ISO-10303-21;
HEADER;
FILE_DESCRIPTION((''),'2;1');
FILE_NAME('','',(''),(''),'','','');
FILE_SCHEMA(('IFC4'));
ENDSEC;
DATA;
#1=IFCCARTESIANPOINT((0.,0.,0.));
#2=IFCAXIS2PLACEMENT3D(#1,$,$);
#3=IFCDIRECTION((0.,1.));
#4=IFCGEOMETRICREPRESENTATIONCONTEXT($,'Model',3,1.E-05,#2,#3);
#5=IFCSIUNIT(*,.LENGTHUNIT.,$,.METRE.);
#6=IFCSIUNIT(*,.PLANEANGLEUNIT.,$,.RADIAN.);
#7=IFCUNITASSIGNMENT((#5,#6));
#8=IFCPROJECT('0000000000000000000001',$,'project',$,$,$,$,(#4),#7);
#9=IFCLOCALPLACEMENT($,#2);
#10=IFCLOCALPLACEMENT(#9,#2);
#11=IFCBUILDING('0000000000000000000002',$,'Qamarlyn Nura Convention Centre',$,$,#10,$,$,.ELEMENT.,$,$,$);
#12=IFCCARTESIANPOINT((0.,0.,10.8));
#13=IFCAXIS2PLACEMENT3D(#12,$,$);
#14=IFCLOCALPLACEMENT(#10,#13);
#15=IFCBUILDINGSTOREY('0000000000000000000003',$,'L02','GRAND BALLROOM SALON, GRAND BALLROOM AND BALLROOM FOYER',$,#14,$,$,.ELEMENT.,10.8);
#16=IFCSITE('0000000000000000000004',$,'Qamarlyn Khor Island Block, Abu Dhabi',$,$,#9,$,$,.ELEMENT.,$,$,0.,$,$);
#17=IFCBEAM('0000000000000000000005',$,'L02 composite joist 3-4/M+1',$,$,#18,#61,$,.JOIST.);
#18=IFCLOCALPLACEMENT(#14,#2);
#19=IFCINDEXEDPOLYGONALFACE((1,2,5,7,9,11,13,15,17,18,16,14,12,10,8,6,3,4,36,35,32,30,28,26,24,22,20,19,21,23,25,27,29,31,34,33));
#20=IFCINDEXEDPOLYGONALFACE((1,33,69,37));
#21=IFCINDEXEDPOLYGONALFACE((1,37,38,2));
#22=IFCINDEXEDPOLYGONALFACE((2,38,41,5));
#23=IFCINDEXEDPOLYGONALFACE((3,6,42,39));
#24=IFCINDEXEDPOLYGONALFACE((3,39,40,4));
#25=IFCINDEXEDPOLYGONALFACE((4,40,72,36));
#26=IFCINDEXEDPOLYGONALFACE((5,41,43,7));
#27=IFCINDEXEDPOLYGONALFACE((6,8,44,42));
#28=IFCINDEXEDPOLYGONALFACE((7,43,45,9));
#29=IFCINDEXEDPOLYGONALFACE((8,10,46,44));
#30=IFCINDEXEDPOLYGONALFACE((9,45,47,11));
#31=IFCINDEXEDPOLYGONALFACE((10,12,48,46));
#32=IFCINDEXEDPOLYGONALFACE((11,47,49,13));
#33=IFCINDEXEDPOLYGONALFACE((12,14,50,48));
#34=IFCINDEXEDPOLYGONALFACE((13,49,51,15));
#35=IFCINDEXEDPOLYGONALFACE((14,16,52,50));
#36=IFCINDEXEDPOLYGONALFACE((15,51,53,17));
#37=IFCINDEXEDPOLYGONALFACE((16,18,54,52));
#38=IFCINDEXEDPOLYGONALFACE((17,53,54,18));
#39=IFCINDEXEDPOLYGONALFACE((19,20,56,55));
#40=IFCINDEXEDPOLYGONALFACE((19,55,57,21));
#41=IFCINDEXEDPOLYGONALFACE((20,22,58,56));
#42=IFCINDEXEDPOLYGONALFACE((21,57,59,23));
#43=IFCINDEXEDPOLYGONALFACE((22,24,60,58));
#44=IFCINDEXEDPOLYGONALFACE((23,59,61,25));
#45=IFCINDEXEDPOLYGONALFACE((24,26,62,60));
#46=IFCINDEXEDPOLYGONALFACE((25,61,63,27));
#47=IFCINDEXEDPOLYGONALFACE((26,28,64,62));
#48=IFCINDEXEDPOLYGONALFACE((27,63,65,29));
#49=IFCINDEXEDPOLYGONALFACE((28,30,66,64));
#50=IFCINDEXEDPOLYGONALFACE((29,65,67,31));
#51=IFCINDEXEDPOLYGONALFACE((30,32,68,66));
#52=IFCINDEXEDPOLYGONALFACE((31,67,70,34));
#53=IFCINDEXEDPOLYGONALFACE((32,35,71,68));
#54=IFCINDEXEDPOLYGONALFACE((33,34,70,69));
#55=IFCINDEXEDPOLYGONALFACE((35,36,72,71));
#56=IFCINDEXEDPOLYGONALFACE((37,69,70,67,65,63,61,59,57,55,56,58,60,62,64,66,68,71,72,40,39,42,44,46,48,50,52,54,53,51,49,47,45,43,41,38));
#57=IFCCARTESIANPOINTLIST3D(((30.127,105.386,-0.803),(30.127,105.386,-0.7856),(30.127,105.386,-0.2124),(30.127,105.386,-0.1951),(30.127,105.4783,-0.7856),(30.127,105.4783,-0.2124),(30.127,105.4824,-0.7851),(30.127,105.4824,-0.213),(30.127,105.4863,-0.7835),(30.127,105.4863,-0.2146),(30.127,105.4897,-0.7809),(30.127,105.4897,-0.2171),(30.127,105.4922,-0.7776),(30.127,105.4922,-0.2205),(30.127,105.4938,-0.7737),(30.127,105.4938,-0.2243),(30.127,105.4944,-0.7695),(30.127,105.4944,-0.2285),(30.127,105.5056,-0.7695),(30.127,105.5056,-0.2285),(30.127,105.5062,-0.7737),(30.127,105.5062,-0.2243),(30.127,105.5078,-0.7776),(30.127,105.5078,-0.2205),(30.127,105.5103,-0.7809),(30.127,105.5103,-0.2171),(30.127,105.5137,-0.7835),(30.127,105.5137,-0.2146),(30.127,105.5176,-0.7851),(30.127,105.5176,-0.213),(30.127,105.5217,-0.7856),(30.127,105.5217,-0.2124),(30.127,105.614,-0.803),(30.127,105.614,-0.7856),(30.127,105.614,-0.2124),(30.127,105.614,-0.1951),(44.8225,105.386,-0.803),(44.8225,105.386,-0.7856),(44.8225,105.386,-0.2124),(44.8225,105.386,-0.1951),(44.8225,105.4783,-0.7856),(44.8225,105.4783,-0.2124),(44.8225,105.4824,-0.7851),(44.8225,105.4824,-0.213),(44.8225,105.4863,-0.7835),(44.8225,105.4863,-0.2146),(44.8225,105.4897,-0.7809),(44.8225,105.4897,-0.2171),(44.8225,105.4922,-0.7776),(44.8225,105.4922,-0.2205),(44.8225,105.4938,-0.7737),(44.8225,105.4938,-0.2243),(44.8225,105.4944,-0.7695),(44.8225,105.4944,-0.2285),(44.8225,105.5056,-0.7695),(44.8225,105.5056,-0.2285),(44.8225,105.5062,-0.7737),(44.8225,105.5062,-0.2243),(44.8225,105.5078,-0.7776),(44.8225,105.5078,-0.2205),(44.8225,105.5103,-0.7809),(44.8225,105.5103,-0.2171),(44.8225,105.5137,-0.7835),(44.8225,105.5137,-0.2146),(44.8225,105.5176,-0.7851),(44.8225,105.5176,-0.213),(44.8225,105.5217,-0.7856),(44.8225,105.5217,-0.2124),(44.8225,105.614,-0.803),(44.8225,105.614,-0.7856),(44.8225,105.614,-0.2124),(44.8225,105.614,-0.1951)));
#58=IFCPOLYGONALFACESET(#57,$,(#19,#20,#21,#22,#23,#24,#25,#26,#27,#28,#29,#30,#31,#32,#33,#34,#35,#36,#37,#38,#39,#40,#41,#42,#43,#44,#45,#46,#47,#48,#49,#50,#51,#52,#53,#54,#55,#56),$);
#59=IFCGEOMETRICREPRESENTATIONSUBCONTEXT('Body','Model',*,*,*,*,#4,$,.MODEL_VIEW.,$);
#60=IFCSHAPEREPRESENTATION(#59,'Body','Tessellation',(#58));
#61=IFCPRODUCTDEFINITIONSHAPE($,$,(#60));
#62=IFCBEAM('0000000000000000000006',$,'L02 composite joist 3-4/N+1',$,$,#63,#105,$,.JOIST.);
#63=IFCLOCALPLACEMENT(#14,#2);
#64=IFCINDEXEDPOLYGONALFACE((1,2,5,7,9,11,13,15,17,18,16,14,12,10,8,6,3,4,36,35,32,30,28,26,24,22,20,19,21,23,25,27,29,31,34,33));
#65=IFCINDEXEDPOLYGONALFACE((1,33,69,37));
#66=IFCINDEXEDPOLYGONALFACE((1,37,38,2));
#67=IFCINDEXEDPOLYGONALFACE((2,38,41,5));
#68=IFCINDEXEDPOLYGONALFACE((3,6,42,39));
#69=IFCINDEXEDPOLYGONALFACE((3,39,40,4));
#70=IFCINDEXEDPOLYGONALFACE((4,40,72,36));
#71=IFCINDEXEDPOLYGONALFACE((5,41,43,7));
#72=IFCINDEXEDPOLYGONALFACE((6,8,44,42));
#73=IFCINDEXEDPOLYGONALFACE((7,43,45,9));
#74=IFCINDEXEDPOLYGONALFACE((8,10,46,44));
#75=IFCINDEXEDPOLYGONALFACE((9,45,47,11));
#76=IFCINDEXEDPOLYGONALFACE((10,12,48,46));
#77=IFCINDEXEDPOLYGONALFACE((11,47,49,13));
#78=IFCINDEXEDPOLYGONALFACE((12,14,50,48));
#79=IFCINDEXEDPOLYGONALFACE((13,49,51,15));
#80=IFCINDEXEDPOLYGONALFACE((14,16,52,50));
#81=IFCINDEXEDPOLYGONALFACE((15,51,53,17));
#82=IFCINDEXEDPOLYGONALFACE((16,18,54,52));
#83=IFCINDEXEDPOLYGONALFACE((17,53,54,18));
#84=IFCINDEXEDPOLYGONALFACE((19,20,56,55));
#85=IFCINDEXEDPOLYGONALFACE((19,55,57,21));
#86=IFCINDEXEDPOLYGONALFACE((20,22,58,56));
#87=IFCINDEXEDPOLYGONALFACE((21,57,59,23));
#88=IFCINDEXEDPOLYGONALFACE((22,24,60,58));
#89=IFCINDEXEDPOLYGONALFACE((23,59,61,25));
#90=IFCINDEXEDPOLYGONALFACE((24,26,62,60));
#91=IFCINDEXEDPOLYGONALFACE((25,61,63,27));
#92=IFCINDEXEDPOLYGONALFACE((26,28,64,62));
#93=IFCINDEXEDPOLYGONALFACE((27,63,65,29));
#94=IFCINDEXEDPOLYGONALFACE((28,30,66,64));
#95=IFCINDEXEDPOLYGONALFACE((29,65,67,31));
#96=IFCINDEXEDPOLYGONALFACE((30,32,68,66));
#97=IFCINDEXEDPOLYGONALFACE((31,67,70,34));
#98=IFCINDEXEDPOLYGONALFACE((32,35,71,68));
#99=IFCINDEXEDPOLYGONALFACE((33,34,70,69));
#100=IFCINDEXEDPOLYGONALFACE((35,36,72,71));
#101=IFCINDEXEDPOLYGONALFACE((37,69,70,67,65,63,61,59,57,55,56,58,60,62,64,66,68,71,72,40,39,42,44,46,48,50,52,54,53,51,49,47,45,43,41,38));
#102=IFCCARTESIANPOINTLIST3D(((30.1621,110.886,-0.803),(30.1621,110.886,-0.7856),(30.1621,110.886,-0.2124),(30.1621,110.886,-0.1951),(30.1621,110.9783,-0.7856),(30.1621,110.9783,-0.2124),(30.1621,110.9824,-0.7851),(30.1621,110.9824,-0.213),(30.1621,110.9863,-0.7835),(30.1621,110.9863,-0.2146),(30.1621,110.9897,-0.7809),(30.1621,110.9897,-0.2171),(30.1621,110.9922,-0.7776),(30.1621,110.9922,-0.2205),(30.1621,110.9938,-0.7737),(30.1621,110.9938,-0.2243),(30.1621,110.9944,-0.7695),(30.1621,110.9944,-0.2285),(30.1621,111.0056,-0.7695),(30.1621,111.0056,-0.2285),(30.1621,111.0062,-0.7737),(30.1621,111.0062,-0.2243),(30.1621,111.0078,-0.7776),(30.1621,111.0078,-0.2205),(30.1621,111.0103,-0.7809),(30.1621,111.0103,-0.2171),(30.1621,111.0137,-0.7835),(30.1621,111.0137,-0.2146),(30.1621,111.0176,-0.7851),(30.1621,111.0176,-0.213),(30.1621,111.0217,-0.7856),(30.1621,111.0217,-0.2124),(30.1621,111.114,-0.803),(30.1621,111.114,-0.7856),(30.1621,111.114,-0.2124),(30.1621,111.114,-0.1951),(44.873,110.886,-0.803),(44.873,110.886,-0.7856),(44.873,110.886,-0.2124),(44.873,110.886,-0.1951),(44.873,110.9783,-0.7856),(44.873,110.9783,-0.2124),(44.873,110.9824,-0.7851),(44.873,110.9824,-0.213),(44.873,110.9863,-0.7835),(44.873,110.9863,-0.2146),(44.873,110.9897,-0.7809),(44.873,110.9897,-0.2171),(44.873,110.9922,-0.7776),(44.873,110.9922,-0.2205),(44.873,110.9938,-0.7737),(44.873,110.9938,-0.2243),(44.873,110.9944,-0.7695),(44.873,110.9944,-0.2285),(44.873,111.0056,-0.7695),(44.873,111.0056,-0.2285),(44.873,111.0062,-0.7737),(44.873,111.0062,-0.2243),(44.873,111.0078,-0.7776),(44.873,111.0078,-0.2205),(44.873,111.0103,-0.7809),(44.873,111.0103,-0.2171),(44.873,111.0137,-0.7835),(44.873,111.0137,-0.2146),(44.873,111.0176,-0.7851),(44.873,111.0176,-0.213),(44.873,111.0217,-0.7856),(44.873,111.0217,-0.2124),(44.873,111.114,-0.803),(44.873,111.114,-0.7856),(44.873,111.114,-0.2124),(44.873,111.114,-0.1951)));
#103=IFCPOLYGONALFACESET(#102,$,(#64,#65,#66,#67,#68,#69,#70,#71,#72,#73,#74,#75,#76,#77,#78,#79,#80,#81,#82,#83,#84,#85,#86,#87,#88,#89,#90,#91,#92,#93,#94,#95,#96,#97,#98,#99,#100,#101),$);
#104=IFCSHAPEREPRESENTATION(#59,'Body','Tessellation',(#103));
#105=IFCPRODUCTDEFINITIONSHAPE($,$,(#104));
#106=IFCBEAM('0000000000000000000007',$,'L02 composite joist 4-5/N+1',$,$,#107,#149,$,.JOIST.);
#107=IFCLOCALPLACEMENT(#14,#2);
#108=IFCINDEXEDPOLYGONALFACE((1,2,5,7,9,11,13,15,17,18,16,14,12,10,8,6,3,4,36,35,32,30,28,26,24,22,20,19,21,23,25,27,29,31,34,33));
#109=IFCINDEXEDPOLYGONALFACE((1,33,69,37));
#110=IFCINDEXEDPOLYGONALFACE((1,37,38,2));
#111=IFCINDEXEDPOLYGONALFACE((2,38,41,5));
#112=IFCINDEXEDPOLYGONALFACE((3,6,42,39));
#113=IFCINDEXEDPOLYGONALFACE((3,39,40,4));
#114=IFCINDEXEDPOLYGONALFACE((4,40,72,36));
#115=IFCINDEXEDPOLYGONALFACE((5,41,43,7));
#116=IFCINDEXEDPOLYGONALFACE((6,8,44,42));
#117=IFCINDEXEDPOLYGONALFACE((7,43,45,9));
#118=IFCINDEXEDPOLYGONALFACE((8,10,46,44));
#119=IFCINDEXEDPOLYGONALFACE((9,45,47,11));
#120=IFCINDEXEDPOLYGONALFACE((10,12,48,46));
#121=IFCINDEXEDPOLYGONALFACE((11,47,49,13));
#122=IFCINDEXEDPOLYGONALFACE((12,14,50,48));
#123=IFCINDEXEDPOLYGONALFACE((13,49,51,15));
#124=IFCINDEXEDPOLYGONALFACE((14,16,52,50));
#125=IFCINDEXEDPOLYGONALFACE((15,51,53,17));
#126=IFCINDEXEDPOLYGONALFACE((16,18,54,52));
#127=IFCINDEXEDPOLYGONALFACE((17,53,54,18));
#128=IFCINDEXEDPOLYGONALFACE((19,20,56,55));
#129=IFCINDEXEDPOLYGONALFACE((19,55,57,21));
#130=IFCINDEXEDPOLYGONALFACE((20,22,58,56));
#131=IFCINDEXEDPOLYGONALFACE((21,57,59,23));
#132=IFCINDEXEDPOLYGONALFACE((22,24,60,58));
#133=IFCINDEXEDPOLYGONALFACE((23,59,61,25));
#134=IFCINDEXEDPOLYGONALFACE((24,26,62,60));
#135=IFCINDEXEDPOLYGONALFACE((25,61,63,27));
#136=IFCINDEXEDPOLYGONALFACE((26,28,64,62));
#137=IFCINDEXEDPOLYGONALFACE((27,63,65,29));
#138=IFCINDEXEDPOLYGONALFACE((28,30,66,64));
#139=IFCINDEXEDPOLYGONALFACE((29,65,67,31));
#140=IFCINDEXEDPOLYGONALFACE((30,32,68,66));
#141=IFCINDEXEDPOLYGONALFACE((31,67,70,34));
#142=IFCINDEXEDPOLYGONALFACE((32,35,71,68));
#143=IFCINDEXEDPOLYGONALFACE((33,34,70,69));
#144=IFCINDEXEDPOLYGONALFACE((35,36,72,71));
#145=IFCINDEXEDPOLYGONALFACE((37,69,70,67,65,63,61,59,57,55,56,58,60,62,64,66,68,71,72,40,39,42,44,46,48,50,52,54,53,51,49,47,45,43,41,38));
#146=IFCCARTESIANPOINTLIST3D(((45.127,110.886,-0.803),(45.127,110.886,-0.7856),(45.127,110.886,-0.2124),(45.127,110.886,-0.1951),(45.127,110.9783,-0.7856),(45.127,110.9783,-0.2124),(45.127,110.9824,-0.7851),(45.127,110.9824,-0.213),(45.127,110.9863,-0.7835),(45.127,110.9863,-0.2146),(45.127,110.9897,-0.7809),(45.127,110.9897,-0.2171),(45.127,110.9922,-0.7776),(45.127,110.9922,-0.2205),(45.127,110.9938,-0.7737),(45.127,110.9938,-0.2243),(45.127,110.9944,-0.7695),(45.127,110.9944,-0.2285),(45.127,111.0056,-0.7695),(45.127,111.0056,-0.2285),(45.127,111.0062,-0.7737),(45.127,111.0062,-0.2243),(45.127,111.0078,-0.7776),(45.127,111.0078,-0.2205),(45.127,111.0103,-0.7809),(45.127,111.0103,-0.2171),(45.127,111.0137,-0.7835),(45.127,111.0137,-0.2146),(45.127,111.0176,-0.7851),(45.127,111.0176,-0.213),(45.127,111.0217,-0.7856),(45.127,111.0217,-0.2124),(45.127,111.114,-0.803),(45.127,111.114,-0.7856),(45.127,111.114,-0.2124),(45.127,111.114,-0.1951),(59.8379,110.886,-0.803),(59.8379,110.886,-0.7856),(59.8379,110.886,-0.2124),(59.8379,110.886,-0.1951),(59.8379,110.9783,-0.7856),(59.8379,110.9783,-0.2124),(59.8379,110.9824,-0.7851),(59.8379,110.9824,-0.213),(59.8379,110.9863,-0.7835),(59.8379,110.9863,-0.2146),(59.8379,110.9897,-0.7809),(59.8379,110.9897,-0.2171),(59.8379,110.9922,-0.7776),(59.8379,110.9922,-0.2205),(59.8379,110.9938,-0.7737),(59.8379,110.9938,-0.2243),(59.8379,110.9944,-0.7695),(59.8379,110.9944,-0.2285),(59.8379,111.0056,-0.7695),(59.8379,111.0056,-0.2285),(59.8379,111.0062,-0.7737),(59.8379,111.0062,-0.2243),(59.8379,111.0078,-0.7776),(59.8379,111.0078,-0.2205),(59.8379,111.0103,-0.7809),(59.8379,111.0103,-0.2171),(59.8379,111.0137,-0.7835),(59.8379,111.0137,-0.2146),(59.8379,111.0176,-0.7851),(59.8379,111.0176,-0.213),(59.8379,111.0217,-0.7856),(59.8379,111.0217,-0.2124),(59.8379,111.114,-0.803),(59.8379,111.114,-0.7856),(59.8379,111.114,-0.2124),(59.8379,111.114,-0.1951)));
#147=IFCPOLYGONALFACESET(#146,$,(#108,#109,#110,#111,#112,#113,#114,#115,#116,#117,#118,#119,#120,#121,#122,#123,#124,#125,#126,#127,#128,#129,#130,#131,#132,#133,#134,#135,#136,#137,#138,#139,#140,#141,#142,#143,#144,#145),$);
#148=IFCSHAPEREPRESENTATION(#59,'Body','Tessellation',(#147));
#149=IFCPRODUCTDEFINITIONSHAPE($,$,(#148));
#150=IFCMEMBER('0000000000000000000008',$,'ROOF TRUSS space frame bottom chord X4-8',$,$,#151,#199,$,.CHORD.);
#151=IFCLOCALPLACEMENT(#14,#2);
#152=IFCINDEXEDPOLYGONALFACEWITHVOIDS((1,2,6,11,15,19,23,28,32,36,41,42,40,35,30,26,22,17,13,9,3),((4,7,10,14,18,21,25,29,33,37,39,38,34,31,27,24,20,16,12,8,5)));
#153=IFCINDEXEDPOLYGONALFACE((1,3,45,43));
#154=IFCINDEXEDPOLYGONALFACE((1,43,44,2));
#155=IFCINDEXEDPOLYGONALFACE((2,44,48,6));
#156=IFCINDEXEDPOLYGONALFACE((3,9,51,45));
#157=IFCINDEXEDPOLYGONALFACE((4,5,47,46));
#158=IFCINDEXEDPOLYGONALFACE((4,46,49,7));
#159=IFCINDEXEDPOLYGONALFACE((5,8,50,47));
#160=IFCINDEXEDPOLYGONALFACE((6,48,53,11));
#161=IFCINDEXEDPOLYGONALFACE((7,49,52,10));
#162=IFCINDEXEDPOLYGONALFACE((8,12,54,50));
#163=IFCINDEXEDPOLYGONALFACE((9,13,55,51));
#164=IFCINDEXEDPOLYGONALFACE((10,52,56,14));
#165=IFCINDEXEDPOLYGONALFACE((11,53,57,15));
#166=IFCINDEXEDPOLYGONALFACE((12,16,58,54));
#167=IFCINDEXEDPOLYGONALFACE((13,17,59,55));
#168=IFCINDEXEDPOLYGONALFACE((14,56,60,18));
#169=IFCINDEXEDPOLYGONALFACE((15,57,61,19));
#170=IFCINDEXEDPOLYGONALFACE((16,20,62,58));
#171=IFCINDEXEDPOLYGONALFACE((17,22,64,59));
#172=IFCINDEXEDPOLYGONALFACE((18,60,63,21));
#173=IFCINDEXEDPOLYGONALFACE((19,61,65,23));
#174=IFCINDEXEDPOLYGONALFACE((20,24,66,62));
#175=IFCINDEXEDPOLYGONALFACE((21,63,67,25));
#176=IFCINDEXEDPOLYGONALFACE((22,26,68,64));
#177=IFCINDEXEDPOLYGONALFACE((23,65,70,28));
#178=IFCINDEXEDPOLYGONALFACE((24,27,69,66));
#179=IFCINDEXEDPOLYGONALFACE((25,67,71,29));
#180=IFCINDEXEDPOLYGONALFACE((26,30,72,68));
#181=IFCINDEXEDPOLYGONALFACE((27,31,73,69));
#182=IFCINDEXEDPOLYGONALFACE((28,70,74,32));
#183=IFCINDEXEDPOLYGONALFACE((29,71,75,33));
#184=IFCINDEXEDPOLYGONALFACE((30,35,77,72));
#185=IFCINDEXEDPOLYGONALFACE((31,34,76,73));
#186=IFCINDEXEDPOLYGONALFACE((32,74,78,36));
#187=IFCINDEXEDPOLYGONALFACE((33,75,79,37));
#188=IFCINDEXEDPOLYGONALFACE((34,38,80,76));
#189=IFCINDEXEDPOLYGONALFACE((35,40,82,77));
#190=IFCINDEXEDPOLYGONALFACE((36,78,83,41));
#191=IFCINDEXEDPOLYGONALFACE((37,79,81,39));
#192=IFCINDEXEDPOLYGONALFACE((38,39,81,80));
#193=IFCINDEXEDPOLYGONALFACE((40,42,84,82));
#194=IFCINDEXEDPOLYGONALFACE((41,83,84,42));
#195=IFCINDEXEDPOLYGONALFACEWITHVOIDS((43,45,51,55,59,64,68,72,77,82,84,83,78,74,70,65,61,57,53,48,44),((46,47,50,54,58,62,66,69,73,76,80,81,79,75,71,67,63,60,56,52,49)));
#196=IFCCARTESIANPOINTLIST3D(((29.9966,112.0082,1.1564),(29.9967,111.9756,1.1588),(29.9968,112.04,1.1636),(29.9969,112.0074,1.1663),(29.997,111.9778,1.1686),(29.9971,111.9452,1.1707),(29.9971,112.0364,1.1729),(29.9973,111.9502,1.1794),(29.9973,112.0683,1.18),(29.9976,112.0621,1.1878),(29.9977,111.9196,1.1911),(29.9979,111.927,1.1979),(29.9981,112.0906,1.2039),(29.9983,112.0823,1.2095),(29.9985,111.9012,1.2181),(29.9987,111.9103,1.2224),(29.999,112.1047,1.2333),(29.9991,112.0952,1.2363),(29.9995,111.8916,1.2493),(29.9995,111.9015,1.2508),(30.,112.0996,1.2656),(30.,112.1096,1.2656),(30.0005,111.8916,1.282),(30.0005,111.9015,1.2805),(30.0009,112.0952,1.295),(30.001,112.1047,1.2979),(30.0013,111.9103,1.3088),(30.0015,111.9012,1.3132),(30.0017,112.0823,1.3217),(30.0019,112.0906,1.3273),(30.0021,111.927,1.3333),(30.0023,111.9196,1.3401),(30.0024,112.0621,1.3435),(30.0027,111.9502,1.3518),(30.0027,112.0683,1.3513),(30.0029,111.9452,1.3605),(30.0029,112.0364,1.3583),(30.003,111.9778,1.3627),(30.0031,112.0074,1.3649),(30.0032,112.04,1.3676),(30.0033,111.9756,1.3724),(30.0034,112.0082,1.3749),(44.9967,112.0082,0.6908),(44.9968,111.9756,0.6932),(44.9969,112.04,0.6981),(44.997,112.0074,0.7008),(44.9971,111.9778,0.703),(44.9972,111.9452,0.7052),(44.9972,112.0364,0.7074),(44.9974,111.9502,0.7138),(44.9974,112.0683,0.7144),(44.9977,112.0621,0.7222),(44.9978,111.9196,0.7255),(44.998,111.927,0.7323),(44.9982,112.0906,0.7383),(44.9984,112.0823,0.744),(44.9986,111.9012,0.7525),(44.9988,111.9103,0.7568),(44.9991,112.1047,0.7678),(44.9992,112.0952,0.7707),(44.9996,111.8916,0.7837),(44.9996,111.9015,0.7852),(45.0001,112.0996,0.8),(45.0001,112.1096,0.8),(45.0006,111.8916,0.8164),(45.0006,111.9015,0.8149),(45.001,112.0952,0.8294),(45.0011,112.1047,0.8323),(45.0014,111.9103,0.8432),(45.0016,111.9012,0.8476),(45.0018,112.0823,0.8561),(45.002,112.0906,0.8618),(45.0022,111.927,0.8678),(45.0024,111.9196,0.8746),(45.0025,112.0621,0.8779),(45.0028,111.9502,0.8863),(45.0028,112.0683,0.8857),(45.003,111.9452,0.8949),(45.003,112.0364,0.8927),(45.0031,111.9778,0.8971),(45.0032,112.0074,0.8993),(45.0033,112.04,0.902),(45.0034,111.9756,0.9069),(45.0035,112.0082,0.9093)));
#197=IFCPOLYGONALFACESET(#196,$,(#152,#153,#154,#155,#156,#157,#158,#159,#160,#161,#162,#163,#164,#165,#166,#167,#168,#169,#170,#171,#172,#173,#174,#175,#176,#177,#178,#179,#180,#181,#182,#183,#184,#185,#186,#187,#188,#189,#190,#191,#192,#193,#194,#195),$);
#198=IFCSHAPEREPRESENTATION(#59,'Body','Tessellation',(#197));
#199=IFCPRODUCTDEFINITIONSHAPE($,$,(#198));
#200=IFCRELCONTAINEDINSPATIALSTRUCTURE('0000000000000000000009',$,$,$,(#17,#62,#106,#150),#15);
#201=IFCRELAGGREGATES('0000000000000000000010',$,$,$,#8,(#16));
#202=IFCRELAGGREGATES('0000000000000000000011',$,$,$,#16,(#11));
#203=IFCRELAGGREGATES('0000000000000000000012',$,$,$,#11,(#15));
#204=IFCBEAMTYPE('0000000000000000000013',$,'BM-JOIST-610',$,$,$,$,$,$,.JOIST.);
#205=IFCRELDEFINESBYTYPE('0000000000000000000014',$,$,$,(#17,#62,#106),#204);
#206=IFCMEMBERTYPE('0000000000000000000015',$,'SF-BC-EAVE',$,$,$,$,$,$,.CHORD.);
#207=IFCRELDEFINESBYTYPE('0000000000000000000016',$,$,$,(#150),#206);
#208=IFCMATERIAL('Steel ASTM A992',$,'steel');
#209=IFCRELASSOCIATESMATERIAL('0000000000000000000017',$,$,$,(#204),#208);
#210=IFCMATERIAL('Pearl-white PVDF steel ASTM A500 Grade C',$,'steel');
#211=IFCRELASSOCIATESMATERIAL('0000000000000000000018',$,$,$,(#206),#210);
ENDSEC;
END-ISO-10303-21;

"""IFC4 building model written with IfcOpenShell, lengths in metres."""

from ifc_helpers import new_model, si_unit, direction, frame, origin, origin_2d, place, context, subcontext, project, spatial, hollow_circle, i_section, extrude, material, material_profile, profile_set, type_object, element, save


model = new_model("IFC4")

# Units and contexts
model_context = context("Model", 3, precision=1e-05, world=origin(), true_north=direction((0.0, 1.0)))
body_context = subcontext(model_context, "Body", "Model", "MODEL_VIEW")
ifc_project = project(units=[si_unit("LENGTHUNIT", "METRE"), si_unit("PLANEANGLEUNIT", "RADIAN")], contexts=[model_context])

# Site, building, storey
site_placement = place(None, origin())
site = spatial("IfcSite", under=ifc_project, at=site_placement, Name="Qamarlyn Khor Island Block, Abu Dhabi", CompositionType="ELEMENT", RefElevation=0.0)
building_placement = place(site_placement, origin())
building = spatial("IfcBuilding", under=site, at=building_placement, Name="Qamarlyn Nura Convention Centre", CompositionType="ELEMENT")
storey_placement = place(building_placement, frame((0.0, 0.0, 10.8)))
storey = spatial("IfcBuildingStorey", under=building, at=storey_placement, Name="L02", Description="GRAND BALLROOM SALON, GRAND BALLROOM AND BALLROOM FOYER", CompositionType="ELEMENT", Elevation=10.8)

# Beams
ifc_material_1 = material(Name="Steel ASTM A992", Category="steel")
ifc_material_profile_1 = material_profile(ifc_material_1, i_section(OverallWidth=0.228, OverallDepth=0.6079, WebThickness=0.0112, FlangeThickness=0.0173, FilletRadius=0.0161, at=origin_2d()), Name="W610X113")
ifc_profile_set_1 = profile_set([ifc_material_profile_1], Name="Steel ASTM A992")
beam_type_1 = type_object("IfcBeamType", Name="BM-JOIST-610", PredefinedType="JOIST", material=ifc_profile_set_1)
beam_1_placement = place(storey_placement, frame((30.127, 105.5, -0.499), z_axis=(1.0, 0.0, 0.0), x_axis=(0.0, 1.0, 0.0)))
element("IfcBeam", 1, at=beam_1_placement, inside=storey, type_object=beam_type_1, Name="L02 composite joist 3-4/M+1", PredefinedType="JOIST", context=body_context, shape_type="SweptSolid", body=[
    extrude(i_section(OverallWidth=0.228, OverallDepth=0.6079, WebThickness=0.0112, FlangeThickness=0.0173, FilletRadius=0.0161, at=origin_2d()), origin(), (0.0, 0.0, 1.0), 14.6956),
])
for number, where, z_axis, x_axis, name in (
    (2, (30.1621, 111.0, -0.499), (1.0, 0.0, 0.0), (0.0, 1.0, 0.0), "L02 composite joist 3-4/N+1"),
    (3, (45.127, 111.0, -0.499), (1.0, 0.0, 0.0), (0.0, 1.0, 0.0), "L02 composite joist 4-5/N+1"),
):
    element("IfcBeam", number, at=place(storey_placement, frame(where, z_axis=z_axis, x_axis=x_axis)), inside=storey, type_object=beam_type_1, Name=name, PredefinedType="JOIST", context=body_context, shape_type="SweptSolid", body=[
        extrude(i_section(OverallWidth=0.228, OverallDepth=0.6079, WebThickness=0.0112, FlangeThickness=0.0173, FilletRadius=0.0161, at=origin_2d()), origin(), (0.0, 0.0, 1.0), 14.7109),
    ])

# Member
ifc_material_2 = material(Name="Pearl-white PVDF steel ASTM A500 Grade C", Category="steel")
ifc_material_profile_2 = material_profile(ifc_material_2, hollow_circle(Radius=0.1096, WallThickness=0.01, at=origin_2d()), Name="CHS219.1X10")
ifc_profile_set_2 = profile_set([ifc_material_profile_2], Name="Pearl-white PVDF steel ASTM A500 Grade C")
member_type_1 = type_object("IfcMemberType", Name="SF-BC-EAVE", PredefinedType="CHORD", material=ifc_profile_set_2)
member_1_placement = place(storey_placement, frame((30.0, 112.0, 1.2656), z_axis=(0.999519, 0.0, -0.031023), x_axis=(0.0, 1.0, 0.0)))
element("IfcMember", 4, at=member_1_placement, inside=storey, type_object=member_type_1, Name="ROOF TRUSS space frame bottom chord X4-8", PredefinedType="CHORD", context=body_context, shape_type="SweptSolid", body=[
    extrude(hollow_circle(Radius=0.1096, WallThickness=0.01, at=origin_2d()), origin(), (0.0, 0.0, 1.0), 15.0073),
])

save(model, "model.ifc")
